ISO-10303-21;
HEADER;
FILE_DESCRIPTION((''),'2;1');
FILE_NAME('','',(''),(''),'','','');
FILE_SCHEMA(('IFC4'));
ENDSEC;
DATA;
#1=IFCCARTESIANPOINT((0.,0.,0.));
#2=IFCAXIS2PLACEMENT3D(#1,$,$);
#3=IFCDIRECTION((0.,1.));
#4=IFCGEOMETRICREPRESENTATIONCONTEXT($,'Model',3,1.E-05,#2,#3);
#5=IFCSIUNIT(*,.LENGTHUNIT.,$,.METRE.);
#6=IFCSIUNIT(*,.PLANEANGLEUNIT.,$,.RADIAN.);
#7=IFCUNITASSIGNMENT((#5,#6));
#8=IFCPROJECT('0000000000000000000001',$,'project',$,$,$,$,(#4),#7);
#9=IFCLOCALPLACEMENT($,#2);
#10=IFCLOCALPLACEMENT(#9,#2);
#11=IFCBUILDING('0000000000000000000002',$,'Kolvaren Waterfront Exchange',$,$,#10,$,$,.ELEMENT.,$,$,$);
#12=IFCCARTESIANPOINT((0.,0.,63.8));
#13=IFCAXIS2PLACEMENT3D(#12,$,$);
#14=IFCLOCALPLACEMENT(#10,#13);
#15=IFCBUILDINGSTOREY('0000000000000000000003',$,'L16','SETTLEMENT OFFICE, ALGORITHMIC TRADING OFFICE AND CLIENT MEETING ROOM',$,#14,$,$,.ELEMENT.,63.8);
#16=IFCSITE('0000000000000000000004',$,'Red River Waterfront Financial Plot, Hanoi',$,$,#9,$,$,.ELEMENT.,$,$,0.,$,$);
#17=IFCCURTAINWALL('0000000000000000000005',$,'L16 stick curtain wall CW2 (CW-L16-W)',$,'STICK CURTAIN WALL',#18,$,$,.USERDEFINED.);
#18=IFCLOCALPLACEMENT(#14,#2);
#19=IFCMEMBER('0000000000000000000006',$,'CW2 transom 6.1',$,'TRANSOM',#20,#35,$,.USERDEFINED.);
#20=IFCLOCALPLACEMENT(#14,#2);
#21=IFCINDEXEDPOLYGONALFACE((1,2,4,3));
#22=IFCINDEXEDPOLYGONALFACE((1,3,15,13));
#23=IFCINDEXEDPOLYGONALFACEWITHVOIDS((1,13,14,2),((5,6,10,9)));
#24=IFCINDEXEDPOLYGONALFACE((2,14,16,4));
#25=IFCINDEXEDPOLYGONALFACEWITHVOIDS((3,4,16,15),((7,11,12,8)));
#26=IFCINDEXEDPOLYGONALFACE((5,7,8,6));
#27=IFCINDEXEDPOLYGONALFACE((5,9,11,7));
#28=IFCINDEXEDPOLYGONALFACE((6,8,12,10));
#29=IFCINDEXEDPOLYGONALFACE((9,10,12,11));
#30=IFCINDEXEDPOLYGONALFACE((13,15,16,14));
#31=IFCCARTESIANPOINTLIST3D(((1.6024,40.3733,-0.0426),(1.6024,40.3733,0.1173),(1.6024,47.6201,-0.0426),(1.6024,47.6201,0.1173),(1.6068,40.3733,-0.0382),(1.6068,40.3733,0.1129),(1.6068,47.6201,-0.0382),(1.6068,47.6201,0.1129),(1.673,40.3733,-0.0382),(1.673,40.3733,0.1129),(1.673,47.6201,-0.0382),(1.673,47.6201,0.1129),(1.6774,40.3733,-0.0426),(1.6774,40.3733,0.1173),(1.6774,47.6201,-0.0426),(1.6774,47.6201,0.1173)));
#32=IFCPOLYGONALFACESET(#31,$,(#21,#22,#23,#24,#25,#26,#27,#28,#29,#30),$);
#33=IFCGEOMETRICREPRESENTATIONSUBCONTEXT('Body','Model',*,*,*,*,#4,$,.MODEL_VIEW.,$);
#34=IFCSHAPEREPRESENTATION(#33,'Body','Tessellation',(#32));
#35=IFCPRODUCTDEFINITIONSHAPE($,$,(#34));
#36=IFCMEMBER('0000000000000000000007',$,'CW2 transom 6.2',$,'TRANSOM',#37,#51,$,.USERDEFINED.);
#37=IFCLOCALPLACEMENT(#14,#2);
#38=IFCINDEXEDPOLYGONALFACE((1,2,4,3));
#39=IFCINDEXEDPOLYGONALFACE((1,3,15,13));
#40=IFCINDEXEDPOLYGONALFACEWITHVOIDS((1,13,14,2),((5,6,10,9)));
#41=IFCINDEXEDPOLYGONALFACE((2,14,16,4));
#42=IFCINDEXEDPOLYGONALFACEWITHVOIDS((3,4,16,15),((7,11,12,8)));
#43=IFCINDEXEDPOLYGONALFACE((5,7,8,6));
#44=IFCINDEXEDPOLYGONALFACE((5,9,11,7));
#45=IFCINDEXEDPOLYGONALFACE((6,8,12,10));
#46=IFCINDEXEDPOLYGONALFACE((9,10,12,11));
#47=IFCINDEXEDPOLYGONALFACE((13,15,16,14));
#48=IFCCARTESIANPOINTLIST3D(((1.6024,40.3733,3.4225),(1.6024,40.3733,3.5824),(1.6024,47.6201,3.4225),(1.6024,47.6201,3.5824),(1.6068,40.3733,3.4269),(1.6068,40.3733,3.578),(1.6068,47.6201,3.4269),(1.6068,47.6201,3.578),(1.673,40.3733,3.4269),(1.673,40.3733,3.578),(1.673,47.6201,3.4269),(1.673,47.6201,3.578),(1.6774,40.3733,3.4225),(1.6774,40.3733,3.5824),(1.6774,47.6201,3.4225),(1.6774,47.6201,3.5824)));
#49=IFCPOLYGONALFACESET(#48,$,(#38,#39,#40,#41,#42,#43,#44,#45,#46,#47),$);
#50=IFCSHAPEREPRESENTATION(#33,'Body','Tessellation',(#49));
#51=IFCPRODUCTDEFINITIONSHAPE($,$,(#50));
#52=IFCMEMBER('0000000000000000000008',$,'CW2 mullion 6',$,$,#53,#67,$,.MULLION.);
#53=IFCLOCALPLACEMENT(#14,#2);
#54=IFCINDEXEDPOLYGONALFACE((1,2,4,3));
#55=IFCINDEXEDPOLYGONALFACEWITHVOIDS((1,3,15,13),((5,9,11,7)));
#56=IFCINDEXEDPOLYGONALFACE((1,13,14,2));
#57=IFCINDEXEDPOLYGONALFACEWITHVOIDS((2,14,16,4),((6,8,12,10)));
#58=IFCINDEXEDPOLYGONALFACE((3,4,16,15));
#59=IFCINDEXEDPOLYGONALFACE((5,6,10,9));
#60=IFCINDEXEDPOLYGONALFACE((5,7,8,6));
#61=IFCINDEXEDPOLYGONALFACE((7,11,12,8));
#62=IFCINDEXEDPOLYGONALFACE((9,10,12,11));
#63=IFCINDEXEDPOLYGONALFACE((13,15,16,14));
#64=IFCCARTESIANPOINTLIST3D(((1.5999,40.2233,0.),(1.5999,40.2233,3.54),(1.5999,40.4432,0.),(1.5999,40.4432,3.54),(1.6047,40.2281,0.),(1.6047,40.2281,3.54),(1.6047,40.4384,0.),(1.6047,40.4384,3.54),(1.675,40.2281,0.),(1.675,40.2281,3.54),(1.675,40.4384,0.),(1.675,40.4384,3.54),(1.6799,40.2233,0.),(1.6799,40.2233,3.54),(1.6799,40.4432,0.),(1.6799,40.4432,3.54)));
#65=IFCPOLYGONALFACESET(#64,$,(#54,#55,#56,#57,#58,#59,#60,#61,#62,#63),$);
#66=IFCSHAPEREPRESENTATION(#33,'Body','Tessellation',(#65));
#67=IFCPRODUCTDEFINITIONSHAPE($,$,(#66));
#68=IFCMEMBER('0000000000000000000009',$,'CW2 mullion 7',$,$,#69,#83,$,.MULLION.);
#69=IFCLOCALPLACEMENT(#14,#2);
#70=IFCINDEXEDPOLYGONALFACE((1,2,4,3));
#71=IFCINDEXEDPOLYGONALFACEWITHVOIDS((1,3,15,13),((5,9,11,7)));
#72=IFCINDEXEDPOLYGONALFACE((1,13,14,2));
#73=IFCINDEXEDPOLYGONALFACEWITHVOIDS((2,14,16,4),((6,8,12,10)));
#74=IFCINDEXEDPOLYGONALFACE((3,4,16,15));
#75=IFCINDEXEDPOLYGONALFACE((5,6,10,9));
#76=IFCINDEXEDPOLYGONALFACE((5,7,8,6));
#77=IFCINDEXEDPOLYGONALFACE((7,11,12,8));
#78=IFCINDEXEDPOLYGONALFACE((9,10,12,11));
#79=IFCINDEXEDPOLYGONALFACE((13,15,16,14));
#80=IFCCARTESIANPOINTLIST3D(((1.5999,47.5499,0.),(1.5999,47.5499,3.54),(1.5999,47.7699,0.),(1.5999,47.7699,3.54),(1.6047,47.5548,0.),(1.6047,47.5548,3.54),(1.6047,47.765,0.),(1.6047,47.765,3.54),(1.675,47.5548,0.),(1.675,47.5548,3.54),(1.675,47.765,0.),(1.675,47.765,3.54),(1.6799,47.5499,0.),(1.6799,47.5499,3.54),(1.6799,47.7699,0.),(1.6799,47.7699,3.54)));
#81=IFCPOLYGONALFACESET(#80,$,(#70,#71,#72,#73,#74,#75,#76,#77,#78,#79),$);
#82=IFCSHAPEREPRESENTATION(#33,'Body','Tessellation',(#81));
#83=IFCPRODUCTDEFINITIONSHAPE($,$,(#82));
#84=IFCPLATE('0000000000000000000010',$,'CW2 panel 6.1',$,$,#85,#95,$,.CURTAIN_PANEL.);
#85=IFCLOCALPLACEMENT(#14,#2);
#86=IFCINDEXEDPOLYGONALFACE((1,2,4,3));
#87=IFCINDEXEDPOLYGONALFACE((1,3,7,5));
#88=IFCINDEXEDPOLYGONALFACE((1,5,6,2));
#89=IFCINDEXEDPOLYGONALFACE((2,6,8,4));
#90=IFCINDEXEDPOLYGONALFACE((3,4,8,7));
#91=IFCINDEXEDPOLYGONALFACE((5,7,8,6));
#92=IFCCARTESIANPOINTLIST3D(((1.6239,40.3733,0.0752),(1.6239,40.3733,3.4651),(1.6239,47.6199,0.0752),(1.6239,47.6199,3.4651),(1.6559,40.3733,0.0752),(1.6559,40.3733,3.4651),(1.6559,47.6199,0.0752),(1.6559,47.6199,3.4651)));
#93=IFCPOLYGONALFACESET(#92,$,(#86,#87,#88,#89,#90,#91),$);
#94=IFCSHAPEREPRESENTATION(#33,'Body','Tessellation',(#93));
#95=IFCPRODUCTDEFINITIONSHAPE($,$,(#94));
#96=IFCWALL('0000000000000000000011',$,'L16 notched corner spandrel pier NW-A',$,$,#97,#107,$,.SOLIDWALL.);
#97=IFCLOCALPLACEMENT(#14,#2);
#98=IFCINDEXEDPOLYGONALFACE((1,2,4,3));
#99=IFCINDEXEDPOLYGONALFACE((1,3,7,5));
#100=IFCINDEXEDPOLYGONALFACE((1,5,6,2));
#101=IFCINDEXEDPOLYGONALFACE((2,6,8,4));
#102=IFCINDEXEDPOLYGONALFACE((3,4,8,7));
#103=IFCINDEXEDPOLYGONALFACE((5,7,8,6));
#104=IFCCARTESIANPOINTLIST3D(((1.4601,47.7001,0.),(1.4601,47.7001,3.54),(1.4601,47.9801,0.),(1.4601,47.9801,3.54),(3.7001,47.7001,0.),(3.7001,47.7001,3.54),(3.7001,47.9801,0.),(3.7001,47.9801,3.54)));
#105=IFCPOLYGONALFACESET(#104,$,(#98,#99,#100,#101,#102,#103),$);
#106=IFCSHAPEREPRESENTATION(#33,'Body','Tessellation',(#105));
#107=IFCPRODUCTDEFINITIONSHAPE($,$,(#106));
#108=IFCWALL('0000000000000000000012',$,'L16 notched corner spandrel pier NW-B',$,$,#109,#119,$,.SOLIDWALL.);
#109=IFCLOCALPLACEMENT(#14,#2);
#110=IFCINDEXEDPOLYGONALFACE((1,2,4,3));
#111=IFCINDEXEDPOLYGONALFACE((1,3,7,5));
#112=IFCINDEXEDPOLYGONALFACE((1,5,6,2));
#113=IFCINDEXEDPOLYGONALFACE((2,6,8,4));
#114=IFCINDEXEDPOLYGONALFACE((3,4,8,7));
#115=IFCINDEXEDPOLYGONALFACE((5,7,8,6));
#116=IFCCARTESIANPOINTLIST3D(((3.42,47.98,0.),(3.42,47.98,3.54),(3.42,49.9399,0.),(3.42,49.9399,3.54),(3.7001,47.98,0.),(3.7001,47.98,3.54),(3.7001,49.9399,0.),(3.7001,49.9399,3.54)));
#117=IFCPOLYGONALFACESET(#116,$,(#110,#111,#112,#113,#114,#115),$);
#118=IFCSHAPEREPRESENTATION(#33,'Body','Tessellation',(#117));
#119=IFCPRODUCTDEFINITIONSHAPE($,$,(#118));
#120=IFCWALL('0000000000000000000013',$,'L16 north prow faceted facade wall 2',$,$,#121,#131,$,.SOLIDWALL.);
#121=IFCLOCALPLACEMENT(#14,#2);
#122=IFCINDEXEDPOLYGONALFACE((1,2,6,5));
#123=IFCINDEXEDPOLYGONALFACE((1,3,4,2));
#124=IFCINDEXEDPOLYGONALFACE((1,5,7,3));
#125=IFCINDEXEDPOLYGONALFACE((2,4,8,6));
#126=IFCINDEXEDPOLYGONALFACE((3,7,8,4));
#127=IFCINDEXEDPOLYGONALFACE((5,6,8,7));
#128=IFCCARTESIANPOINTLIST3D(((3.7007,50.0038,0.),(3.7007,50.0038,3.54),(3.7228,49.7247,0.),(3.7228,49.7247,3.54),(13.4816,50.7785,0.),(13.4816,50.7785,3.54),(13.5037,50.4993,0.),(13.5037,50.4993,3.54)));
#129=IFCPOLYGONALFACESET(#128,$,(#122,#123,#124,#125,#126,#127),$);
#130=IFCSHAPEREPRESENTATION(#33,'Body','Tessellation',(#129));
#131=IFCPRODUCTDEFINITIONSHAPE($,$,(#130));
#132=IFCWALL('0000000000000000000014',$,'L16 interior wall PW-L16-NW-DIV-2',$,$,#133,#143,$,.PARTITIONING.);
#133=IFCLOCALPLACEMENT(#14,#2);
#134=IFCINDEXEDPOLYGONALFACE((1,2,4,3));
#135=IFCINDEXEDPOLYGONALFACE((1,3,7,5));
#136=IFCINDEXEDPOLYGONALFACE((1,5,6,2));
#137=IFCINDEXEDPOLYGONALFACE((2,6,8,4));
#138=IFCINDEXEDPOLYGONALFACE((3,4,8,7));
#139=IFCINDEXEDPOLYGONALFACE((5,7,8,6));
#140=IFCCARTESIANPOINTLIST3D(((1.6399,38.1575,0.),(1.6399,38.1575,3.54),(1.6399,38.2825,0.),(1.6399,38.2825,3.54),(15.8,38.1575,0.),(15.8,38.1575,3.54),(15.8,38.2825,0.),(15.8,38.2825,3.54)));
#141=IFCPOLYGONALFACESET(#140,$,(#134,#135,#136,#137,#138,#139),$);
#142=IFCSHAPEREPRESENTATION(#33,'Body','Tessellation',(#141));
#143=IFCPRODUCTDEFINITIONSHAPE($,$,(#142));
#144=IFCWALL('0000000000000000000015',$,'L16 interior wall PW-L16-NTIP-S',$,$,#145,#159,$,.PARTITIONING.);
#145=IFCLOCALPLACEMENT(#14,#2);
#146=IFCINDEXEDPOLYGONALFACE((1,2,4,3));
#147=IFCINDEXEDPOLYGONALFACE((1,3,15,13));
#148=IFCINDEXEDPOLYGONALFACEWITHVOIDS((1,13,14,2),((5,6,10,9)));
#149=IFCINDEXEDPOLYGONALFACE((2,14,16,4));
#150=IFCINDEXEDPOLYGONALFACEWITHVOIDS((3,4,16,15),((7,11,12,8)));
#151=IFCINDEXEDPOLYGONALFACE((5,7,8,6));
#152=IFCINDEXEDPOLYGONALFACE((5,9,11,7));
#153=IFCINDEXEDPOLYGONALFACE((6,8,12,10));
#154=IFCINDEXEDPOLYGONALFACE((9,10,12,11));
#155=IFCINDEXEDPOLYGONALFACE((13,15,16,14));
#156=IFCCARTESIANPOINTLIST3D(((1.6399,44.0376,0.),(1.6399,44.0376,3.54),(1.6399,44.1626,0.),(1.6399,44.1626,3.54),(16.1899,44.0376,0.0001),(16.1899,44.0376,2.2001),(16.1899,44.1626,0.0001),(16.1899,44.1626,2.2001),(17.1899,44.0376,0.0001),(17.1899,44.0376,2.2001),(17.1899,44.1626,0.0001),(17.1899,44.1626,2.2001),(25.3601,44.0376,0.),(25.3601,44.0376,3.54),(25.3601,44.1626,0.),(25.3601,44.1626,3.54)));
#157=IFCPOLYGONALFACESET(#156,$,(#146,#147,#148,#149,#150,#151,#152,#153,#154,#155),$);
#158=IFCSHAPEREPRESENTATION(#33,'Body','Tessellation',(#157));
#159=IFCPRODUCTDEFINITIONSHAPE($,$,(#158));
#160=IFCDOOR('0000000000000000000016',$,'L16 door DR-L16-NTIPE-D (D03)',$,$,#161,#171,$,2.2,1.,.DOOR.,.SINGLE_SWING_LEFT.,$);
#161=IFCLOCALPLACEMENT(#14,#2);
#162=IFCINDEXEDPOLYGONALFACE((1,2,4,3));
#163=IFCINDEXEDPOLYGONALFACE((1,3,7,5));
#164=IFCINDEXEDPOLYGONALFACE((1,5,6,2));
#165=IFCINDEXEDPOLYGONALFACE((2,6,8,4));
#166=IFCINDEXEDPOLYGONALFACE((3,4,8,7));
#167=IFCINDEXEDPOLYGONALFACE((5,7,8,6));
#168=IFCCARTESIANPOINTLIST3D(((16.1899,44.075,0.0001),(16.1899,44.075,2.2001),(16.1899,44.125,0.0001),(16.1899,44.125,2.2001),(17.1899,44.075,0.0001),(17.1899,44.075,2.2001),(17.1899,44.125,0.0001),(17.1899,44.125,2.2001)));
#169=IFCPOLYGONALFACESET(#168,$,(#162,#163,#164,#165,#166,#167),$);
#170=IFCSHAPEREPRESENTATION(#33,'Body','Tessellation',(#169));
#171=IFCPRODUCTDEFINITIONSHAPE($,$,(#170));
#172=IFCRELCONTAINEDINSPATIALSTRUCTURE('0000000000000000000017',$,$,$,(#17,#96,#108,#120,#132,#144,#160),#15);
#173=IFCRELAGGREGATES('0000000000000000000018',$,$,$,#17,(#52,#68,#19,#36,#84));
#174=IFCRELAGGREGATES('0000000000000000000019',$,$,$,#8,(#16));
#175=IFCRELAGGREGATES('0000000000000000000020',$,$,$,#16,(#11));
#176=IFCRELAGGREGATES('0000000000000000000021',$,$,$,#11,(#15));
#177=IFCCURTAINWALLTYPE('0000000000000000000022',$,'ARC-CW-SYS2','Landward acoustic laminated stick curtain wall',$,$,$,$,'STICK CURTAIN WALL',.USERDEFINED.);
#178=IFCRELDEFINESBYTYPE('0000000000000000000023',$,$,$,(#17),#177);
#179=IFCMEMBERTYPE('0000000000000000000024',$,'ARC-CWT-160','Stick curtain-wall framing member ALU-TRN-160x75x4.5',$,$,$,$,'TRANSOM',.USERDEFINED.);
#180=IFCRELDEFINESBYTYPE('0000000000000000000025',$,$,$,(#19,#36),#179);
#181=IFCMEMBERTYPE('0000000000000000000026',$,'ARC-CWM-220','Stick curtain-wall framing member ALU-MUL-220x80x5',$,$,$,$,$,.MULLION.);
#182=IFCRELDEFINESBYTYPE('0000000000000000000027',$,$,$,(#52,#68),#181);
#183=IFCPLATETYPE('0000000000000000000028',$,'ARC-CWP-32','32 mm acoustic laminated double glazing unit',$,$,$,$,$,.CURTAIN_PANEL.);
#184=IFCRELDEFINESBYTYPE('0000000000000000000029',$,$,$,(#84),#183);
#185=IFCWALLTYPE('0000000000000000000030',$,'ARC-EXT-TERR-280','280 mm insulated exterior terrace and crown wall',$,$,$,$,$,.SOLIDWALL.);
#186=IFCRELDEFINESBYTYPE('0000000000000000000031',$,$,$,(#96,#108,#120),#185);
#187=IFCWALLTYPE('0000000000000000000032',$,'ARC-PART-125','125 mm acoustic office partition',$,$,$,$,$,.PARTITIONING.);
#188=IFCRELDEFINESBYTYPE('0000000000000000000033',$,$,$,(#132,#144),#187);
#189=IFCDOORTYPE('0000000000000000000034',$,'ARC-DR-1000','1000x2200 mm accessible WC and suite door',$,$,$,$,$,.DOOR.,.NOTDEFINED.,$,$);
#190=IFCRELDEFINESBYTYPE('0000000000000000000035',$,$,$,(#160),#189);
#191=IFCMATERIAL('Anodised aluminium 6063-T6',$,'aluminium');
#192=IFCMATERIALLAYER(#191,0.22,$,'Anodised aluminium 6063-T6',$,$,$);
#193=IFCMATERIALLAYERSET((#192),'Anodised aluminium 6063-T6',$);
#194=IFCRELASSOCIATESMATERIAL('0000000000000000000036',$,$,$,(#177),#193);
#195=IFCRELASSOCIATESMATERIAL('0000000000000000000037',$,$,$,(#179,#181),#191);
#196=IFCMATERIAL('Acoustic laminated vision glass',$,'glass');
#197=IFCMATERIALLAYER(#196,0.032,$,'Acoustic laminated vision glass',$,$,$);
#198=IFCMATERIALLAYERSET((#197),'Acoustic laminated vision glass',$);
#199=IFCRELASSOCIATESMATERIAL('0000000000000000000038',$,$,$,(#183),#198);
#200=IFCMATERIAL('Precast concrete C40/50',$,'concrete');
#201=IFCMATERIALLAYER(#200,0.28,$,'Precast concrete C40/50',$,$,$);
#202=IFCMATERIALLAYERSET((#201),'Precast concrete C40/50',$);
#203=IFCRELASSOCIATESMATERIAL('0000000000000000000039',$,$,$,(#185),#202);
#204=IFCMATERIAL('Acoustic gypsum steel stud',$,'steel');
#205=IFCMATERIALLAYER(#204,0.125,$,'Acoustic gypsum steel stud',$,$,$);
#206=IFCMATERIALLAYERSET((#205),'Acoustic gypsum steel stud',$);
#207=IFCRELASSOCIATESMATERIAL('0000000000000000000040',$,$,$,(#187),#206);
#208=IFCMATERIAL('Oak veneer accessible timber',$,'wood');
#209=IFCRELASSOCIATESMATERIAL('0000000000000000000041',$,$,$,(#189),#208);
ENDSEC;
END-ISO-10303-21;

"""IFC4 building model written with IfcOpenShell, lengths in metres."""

from ifc_helpers import new_model, si_unit, direction, frame, frame_2d, origin, origin_with_axes, origin_2d, place, context, subcontext, project, spatial, rectangle, hollow_rectangle, extrude, source, transform, mapped, material, layer, layer_set, material_profile, profile_set, type_object, element, fill, aggregate, save


model = new_model("IFC4")

# Units and contexts
model_context = context("Model", 3, precision=1e-05, world=origin(), true_north=direction((0.0, 1.0)))
body_context = subcontext(model_context, "Body", "Model", "MODEL_VIEW")
ifc_project = project(units=[si_unit("LENGTHUNIT", "METRE"), si_unit("PLANEANGLEUNIT", "RADIAN")], contexts=[model_context])

# Site, building, storey
site_placement = place(None, origin())
site = spatial("IfcSite", under=ifc_project, at=site_placement, Name="Red River Waterfront Financial Plot, Hanoi", CompositionType="ELEMENT", RefElevation=0.0)
building_placement = place(site_placement, origin())
building = spatial("IfcBuilding", under=site, at=building_placement, Name="Kolvaren Waterfront Exchange", CompositionType="ELEMENT")
storey_placement = place(building_placement, frame((0.0, 0.0, 63.8)))
storey = spatial("IfcBuildingStorey", under=building, at=storey_placement, Name="L16", Description="SETTLEMENT OFFICE, ALGORITHMIC TRADING OFFICE AND CLIENT MEETING ROOM", CompositionType="ELEMENT", Elevation=63.8)

# Curtain wall, members, plate
ifc_material_1 = material(Name="Anodised aluminium 6063-T6", Category="aluminium")
ifc_layer_1 = layer(ifc_material_1, 0.22, Name="Anodised aluminium 6063-T6")
ifc_layer_set_1 = layer_set([ifc_layer_1], Name="Anodised aluminium 6063-T6")
curtain_wall_type = type_object("IfcCurtainWallType", Name="ARC-CW-SYS2", Description="Landward acoustic laminated stick curtain wall", ElementType="STICK CURTAIN WALL", PredefinedType="USERDEFINED", material=ifc_layer_set_1)
curtain_wall_placement = place(storey_placement, origin())
curtain_wall = element("IfcCurtainWall", 1, at=curtain_wall_placement, inside=storey, type_object=curtain_wall_type, Name="L16 stick curtain wall CW2 (CW-L16-W)", ObjectType="STICK CURTAIN WALL", PredefinedType="USERDEFINED")
ifc_material_profile_1 = material_profile(ifc_material_1, hollow_rectangle(XDim=0.075, YDim=0.1599, WallThickness=0.0044, at=origin_2d()), Name="ALU-TRN-160x75x4.5")
ifc_profile_set_1 = profile_set([ifc_material_profile_1], Name="Anodised aluminium 6063-T6")
member_type_1 = type_object("IfcMemberType", Name="ARC-CWT-160", Description="Stick curtain-wall framing member ALU-TRN-160x75x4.5", ElementType="TRANSOM", PredefinedType="USERDEFINED", material=ifc_profile_set_1)
shared_shape_1 = source(origin_with_axes(), body_context, "Body", "SweptSolid", [
    extrude(hollow_rectangle(XDim=0.075, YDim=0.1599, WallThickness=0.0044, at=origin_2d()), origin(), (0.0, 0.0, 1.0), 7.2468),
])
member_1_placement = place(storey_placement, frame((1.6399, 40.3733, 0.0374), z_axis=(0.0, 1.0, 0.0), x_axis=(-1.0, 0.0, 0.0)))
member_1 = element("IfcMember", 2, at=member_1_placement, type_object=member_type_1, Name="CW2 transom 6.1", ObjectType="TRANSOM", PredefinedType="USERDEFINED", context=body_context, shape_type="MappedRepresentation", body=[
    mapped(shared_shape_1, transform((0.0, 0.0, 0.0), x_axis=(1.0, 0.0, 0.0), y_axis=(0.0, 1.0, 0.0), z_axis=(0.0, 0.0, 1.0), scale=1.0)),
])
member_2_placement = place(storey_placement, frame((1.6399, 40.3733, 3.5024), z_axis=(0.0, 1.0, 0.0), x_axis=(-1.0, 0.0, 0.0)))
member_2 = element("IfcMember", 3, at=member_2_placement, type_object=member_type_1, Name="CW2 transom 6.2", ObjectType="TRANSOM", PredefinedType="USERDEFINED", context=body_context, shape_type="MappedRepresentation", body=[
    mapped(shared_shape_1, transform((0.0, 0.0, 0.0), x_axis=(1.0, 0.0, 0.0), y_axis=(0.0, 1.0, 0.0), z_axis=(0.0, 0.0, 1.0), scale=1.0)),
])
ifc_material_profile_2 = material_profile(ifc_material_1, hollow_rectangle(XDim=0.0801, YDim=0.22, WallThickness=0.0049, at=origin_2d()), Name="ALU-MUL-220x80x5")
ifc_profile_set_2 = profile_set([ifc_material_profile_2], Name="Anodised aluminium 6063-T6")
member_type_2 = type_object("IfcMemberType", Name="ARC-CWM-220", Description="Stick curtain-wall framing member ALU-MUL-220x80x5", PredefinedType="MULLION", material=ifc_profile_set_2)
shared_shape_2 = source(origin_with_axes(), body_context, "Body", "SweptSolid", [
    extrude(hollow_rectangle(XDim=0.0801, YDim=0.22, WallThickness=0.0049, at=origin_2d()), origin(), (0.0, 0.0, 1.0), 3.54),
])
member_3_placement = place(storey_placement, frame((1.6399, 40.3333, 0.0), z_axis=(0.0, 0.0, 1.0), x_axis=(-1.0, 0.0, 0.0)))
member_3 = element("IfcMember", 4, at=member_3_placement, type_object=member_type_2, Name="CW2 mullion 6", PredefinedType="MULLION", context=body_context, shape_type="MappedRepresentation", body=[
    mapped(shared_shape_2, transform((0.0, 0.0, 0.0), x_axis=(1.0, 0.0, 0.0), y_axis=(0.0, 1.0, 0.0), z_axis=(0.0, 0.0, 1.0), scale=1.0)),
])
member_4_placement = place(storey_placement, frame((1.6399, 47.6599, 0.0), z_axis=(0.0, 0.0, 1.0), x_axis=(-1.0, 0.0, 0.0)))
member_4 = element("IfcMember", 5, at=member_4_placement, type_object=member_type_2, Name="CW2 mullion 7", PredefinedType="MULLION", context=body_context, shape_type="MappedRepresentation", body=[
    mapped(shared_shape_2, transform((0.0, 0.0, 0.0), x_axis=(1.0, 0.0, 0.0), y_axis=(0.0, 1.0, 0.0), z_axis=(0.0, 0.0, 1.0), scale=1.0)),
])
ifc_material_2 = material(Name="Acoustic laminated vision glass", Category="glass")
ifc_layer_2 = layer(ifc_material_2, 0.032, Name="Acoustic laminated vision glass")
ifc_layer_set_2 = layer_set([ifc_layer_2], Name="Acoustic laminated vision glass")
plate_type = type_object("IfcPlateType", Name="ARC-CWP-32", Description="32 mm acoustic laminated double glazing unit", PredefinedType="CURTAIN_PANEL", material=ifc_layer_set_2)
shared_shape_3 = source(origin_with_axes(), body_context, "Body", "SweptSolid", [
    extrude(rectangle(XDim=7.2466, YDim=0.032, at=origin_2d()), origin(), (0.0, 0.0, 1.0), 3.3899),
])
plate_placement = place(storey_placement, frame((1.6399, 43.9966, 0.0752), z_axis=(0.0, 0.0, 1.0), x_axis=(0.0, 1.0, 0.0)))
plate = element("IfcPlate", 6, at=plate_placement, type_object=plate_type, Name="CW2 panel 6.1", PredefinedType="CURTAIN_PANEL", context=body_context, shape_type="MappedRepresentation", body=[
    mapped(shared_shape_3, transform((0.0, 0.0, 0.0), x_axis=(1.0, 0.0, 0.0), y_axis=(0.0, 1.0, 0.0), z_axis=(0.0, 0.0, 1.0), scale=1.0)),
])
aggregate(curtain_wall, [member_3, member_4, member_1, member_2, plate])

# Walls
ifc_material_3 = material(Name="Precast concrete C40/50", Category="concrete")
ifc_layer_3 = layer(ifc_material_3, 0.28, Name="Precast concrete C40/50")
ifc_layer_set_3 = layer_set([ifc_layer_3], Name="Precast concrete C40/50")
wall_type_1 = type_object("IfcWallType", Name="ARC-EXT-TERR-280", Description="280 mm insulated exterior terrace and crown wall", PredefinedType="SOLIDWALL", material=ifc_layer_set_3)
wall_1_placement = place(storey_placement, frame((1.46, 47.8401, 0.0), z_axis=(0.0, 0.0, 1.0), x_axis=(1.0, 0.0, 0.0)))
element("IfcWall", 7, at=wall_1_placement, inside=storey, type_object=wall_type_1, Name="L16 notched corner spandrel pier NW-A", PredefinedType="SOLIDWALL", context=body_context, shape_type="SweptSolid", body=[
    extrude(rectangle(XDim=2.24, YDim=0.28, at=frame_2d((1.1201, 0.0))), origin(), (0.0, 0.0, 1.0), 3.54),
])
wall_2_placement = place(storey_placement, frame((3.5601, 47.98, 0.0), z_axis=(0.0, 0.0, 1.0), x_axis=(0.0, 1.0, 0.0)))
element("IfcWall", 8, at=wall_2_placement, inside=storey, type_object=wall_type_1, Name="L16 notched corner spandrel pier NW-B", PredefinedType="SOLIDWALL", context=body_context, shape_type="SweptSolid", body=[
    extrude(rectangle(XDim=1.96, YDim=0.28, at=frame_2d((0.98, 0.0))), origin(), (0.0, 0.0, 1.0), 3.54),
])
wall_3_placement = place(storey_placement, frame((13.4927, 50.6389, 0.0), z_axis=(0.0, 0.0, 1.0), x_axis=(-0.996878, -0.078953, 0.0)))
element("IfcWall", 9, at=wall_3_placement, inside=storey, type_object=wall_type_1, Name="L16 north prow faceted facade wall 2", PredefinedType="SOLIDWALL", context=body_context, shape_type="SweptSolid", body=[
    extrude(rectangle(XDim=9.8115, YDim=0.28, at=frame_2d((4.9058, 0.0))), origin(), (0.0, 0.0, 1.0), 3.54),
])
ifc_material_4 = material(Name="Acoustic gypsum steel stud", Category="steel")
ifc_layer_4 = layer(ifc_material_4, 0.125, Name="Acoustic gypsum steel stud")
ifc_layer_set_4 = layer_set([ifc_layer_4], Name="Acoustic gypsum steel stud")
wall_type_2 = type_object("IfcWallType", Name="ARC-PART-125", Description="125 mm acoustic office partition", PredefinedType="PARTITIONING", material=ifc_layer_set_4)
wall_4_placement = place(storey_placement, frame((1.6399, 38.22, 0.0), z_axis=(0.0, 0.0, 1.0), x_axis=(1.0, 0.0, 0.0)))
element("IfcWall", 10, at=wall_4_placement, inside=storey, type_object=wall_type_2, Name="L16 interior wall PW-L16-NW-DIV-2", PredefinedType="PARTITIONING", context=body_context, shape_type="SweptSolid", body=[
    extrude(rectangle(XDim=14.1602, YDim=0.125, at=frame_2d((7.0801, 0.0))), origin(), (0.0, 0.0, 1.0), 3.54),
])

# Wall, opening, door
wall_5_placement = place(storey_placement, frame((1.6399, 44.1001, 0.0), z_axis=(0.0, 0.0, 1.0), x_axis=(1.0, 0.0, 0.0)))
wall_5 = element("IfcWall", 11, at=wall_5_placement, inside=storey, type_object=wall_type_2, Name="L16 interior wall PW-L16-NTIP-S", PredefinedType="PARTITIONING", context=body_context, shape_type="SweptSolid", body=[
    extrude(rectangle(XDim=23.7202, YDim=0.125, at=frame_2d((11.8601, 0.0))), origin(), (0.0, 0.0, 1.0), 3.54),
])
opening_1_placement = place(wall_5_placement, frame((14.55, 0.0, 0.0)))
opening_1 = element("IfcOpeningElement", 12, at=opening_1_placement, cuts=wall_5, PredefinedType="OPENING", context=body_context, shape_type="SweptSolid", body=[
    extrude(rectangle(XDim=1.0, YDim=2.2, at=frame_2d((0.5, 1.1001))), frame((0.0, 0.0725, 0.0), z_axis=(0.0, -1.0, 0.0), x_axis=(1.0, 0.0, 0.0)), (0.0, 0.0, 1.0), 0.145),
])
ifc_material_5 = material(Name="Oak veneer accessible timber", Category="wood")
door_type_1 = type_object("IfcDoorType", Name="ARC-DR-1000", Description="1000x2200 mm accessible WC and suite door", OperationType="NOTDEFINED", PredefinedType="DOOR", material=ifc_material_5)
door_1_placement = place(opening_1_placement, origin())
door_1 = element("IfcDoor", 13, at=door_1_placement, inside=storey, type_object=door_type_1, Name="L16 door DR-L16-NTIPE-D (D03)", OperationType="SINGLE_SWING_LEFT", OverallHeight=2.2, OverallWidth=1.0, PredefinedType="DOOR", context=body_context, shape_type="SweptSolid", body=[
    extrude(rectangle(XDim=1.0, YDim=2.2, at=frame_2d((0.5, 1.1001))), frame((0.0, 0.0249, 0.0), z_axis=(0.0, -1.0, 0.0), x_axis=(1.0, 0.0, 0.0)), (0.0, 0.0, 1.0), 0.05),
])
fill(opening_1, door_1)

save(model, "model.ifc")
